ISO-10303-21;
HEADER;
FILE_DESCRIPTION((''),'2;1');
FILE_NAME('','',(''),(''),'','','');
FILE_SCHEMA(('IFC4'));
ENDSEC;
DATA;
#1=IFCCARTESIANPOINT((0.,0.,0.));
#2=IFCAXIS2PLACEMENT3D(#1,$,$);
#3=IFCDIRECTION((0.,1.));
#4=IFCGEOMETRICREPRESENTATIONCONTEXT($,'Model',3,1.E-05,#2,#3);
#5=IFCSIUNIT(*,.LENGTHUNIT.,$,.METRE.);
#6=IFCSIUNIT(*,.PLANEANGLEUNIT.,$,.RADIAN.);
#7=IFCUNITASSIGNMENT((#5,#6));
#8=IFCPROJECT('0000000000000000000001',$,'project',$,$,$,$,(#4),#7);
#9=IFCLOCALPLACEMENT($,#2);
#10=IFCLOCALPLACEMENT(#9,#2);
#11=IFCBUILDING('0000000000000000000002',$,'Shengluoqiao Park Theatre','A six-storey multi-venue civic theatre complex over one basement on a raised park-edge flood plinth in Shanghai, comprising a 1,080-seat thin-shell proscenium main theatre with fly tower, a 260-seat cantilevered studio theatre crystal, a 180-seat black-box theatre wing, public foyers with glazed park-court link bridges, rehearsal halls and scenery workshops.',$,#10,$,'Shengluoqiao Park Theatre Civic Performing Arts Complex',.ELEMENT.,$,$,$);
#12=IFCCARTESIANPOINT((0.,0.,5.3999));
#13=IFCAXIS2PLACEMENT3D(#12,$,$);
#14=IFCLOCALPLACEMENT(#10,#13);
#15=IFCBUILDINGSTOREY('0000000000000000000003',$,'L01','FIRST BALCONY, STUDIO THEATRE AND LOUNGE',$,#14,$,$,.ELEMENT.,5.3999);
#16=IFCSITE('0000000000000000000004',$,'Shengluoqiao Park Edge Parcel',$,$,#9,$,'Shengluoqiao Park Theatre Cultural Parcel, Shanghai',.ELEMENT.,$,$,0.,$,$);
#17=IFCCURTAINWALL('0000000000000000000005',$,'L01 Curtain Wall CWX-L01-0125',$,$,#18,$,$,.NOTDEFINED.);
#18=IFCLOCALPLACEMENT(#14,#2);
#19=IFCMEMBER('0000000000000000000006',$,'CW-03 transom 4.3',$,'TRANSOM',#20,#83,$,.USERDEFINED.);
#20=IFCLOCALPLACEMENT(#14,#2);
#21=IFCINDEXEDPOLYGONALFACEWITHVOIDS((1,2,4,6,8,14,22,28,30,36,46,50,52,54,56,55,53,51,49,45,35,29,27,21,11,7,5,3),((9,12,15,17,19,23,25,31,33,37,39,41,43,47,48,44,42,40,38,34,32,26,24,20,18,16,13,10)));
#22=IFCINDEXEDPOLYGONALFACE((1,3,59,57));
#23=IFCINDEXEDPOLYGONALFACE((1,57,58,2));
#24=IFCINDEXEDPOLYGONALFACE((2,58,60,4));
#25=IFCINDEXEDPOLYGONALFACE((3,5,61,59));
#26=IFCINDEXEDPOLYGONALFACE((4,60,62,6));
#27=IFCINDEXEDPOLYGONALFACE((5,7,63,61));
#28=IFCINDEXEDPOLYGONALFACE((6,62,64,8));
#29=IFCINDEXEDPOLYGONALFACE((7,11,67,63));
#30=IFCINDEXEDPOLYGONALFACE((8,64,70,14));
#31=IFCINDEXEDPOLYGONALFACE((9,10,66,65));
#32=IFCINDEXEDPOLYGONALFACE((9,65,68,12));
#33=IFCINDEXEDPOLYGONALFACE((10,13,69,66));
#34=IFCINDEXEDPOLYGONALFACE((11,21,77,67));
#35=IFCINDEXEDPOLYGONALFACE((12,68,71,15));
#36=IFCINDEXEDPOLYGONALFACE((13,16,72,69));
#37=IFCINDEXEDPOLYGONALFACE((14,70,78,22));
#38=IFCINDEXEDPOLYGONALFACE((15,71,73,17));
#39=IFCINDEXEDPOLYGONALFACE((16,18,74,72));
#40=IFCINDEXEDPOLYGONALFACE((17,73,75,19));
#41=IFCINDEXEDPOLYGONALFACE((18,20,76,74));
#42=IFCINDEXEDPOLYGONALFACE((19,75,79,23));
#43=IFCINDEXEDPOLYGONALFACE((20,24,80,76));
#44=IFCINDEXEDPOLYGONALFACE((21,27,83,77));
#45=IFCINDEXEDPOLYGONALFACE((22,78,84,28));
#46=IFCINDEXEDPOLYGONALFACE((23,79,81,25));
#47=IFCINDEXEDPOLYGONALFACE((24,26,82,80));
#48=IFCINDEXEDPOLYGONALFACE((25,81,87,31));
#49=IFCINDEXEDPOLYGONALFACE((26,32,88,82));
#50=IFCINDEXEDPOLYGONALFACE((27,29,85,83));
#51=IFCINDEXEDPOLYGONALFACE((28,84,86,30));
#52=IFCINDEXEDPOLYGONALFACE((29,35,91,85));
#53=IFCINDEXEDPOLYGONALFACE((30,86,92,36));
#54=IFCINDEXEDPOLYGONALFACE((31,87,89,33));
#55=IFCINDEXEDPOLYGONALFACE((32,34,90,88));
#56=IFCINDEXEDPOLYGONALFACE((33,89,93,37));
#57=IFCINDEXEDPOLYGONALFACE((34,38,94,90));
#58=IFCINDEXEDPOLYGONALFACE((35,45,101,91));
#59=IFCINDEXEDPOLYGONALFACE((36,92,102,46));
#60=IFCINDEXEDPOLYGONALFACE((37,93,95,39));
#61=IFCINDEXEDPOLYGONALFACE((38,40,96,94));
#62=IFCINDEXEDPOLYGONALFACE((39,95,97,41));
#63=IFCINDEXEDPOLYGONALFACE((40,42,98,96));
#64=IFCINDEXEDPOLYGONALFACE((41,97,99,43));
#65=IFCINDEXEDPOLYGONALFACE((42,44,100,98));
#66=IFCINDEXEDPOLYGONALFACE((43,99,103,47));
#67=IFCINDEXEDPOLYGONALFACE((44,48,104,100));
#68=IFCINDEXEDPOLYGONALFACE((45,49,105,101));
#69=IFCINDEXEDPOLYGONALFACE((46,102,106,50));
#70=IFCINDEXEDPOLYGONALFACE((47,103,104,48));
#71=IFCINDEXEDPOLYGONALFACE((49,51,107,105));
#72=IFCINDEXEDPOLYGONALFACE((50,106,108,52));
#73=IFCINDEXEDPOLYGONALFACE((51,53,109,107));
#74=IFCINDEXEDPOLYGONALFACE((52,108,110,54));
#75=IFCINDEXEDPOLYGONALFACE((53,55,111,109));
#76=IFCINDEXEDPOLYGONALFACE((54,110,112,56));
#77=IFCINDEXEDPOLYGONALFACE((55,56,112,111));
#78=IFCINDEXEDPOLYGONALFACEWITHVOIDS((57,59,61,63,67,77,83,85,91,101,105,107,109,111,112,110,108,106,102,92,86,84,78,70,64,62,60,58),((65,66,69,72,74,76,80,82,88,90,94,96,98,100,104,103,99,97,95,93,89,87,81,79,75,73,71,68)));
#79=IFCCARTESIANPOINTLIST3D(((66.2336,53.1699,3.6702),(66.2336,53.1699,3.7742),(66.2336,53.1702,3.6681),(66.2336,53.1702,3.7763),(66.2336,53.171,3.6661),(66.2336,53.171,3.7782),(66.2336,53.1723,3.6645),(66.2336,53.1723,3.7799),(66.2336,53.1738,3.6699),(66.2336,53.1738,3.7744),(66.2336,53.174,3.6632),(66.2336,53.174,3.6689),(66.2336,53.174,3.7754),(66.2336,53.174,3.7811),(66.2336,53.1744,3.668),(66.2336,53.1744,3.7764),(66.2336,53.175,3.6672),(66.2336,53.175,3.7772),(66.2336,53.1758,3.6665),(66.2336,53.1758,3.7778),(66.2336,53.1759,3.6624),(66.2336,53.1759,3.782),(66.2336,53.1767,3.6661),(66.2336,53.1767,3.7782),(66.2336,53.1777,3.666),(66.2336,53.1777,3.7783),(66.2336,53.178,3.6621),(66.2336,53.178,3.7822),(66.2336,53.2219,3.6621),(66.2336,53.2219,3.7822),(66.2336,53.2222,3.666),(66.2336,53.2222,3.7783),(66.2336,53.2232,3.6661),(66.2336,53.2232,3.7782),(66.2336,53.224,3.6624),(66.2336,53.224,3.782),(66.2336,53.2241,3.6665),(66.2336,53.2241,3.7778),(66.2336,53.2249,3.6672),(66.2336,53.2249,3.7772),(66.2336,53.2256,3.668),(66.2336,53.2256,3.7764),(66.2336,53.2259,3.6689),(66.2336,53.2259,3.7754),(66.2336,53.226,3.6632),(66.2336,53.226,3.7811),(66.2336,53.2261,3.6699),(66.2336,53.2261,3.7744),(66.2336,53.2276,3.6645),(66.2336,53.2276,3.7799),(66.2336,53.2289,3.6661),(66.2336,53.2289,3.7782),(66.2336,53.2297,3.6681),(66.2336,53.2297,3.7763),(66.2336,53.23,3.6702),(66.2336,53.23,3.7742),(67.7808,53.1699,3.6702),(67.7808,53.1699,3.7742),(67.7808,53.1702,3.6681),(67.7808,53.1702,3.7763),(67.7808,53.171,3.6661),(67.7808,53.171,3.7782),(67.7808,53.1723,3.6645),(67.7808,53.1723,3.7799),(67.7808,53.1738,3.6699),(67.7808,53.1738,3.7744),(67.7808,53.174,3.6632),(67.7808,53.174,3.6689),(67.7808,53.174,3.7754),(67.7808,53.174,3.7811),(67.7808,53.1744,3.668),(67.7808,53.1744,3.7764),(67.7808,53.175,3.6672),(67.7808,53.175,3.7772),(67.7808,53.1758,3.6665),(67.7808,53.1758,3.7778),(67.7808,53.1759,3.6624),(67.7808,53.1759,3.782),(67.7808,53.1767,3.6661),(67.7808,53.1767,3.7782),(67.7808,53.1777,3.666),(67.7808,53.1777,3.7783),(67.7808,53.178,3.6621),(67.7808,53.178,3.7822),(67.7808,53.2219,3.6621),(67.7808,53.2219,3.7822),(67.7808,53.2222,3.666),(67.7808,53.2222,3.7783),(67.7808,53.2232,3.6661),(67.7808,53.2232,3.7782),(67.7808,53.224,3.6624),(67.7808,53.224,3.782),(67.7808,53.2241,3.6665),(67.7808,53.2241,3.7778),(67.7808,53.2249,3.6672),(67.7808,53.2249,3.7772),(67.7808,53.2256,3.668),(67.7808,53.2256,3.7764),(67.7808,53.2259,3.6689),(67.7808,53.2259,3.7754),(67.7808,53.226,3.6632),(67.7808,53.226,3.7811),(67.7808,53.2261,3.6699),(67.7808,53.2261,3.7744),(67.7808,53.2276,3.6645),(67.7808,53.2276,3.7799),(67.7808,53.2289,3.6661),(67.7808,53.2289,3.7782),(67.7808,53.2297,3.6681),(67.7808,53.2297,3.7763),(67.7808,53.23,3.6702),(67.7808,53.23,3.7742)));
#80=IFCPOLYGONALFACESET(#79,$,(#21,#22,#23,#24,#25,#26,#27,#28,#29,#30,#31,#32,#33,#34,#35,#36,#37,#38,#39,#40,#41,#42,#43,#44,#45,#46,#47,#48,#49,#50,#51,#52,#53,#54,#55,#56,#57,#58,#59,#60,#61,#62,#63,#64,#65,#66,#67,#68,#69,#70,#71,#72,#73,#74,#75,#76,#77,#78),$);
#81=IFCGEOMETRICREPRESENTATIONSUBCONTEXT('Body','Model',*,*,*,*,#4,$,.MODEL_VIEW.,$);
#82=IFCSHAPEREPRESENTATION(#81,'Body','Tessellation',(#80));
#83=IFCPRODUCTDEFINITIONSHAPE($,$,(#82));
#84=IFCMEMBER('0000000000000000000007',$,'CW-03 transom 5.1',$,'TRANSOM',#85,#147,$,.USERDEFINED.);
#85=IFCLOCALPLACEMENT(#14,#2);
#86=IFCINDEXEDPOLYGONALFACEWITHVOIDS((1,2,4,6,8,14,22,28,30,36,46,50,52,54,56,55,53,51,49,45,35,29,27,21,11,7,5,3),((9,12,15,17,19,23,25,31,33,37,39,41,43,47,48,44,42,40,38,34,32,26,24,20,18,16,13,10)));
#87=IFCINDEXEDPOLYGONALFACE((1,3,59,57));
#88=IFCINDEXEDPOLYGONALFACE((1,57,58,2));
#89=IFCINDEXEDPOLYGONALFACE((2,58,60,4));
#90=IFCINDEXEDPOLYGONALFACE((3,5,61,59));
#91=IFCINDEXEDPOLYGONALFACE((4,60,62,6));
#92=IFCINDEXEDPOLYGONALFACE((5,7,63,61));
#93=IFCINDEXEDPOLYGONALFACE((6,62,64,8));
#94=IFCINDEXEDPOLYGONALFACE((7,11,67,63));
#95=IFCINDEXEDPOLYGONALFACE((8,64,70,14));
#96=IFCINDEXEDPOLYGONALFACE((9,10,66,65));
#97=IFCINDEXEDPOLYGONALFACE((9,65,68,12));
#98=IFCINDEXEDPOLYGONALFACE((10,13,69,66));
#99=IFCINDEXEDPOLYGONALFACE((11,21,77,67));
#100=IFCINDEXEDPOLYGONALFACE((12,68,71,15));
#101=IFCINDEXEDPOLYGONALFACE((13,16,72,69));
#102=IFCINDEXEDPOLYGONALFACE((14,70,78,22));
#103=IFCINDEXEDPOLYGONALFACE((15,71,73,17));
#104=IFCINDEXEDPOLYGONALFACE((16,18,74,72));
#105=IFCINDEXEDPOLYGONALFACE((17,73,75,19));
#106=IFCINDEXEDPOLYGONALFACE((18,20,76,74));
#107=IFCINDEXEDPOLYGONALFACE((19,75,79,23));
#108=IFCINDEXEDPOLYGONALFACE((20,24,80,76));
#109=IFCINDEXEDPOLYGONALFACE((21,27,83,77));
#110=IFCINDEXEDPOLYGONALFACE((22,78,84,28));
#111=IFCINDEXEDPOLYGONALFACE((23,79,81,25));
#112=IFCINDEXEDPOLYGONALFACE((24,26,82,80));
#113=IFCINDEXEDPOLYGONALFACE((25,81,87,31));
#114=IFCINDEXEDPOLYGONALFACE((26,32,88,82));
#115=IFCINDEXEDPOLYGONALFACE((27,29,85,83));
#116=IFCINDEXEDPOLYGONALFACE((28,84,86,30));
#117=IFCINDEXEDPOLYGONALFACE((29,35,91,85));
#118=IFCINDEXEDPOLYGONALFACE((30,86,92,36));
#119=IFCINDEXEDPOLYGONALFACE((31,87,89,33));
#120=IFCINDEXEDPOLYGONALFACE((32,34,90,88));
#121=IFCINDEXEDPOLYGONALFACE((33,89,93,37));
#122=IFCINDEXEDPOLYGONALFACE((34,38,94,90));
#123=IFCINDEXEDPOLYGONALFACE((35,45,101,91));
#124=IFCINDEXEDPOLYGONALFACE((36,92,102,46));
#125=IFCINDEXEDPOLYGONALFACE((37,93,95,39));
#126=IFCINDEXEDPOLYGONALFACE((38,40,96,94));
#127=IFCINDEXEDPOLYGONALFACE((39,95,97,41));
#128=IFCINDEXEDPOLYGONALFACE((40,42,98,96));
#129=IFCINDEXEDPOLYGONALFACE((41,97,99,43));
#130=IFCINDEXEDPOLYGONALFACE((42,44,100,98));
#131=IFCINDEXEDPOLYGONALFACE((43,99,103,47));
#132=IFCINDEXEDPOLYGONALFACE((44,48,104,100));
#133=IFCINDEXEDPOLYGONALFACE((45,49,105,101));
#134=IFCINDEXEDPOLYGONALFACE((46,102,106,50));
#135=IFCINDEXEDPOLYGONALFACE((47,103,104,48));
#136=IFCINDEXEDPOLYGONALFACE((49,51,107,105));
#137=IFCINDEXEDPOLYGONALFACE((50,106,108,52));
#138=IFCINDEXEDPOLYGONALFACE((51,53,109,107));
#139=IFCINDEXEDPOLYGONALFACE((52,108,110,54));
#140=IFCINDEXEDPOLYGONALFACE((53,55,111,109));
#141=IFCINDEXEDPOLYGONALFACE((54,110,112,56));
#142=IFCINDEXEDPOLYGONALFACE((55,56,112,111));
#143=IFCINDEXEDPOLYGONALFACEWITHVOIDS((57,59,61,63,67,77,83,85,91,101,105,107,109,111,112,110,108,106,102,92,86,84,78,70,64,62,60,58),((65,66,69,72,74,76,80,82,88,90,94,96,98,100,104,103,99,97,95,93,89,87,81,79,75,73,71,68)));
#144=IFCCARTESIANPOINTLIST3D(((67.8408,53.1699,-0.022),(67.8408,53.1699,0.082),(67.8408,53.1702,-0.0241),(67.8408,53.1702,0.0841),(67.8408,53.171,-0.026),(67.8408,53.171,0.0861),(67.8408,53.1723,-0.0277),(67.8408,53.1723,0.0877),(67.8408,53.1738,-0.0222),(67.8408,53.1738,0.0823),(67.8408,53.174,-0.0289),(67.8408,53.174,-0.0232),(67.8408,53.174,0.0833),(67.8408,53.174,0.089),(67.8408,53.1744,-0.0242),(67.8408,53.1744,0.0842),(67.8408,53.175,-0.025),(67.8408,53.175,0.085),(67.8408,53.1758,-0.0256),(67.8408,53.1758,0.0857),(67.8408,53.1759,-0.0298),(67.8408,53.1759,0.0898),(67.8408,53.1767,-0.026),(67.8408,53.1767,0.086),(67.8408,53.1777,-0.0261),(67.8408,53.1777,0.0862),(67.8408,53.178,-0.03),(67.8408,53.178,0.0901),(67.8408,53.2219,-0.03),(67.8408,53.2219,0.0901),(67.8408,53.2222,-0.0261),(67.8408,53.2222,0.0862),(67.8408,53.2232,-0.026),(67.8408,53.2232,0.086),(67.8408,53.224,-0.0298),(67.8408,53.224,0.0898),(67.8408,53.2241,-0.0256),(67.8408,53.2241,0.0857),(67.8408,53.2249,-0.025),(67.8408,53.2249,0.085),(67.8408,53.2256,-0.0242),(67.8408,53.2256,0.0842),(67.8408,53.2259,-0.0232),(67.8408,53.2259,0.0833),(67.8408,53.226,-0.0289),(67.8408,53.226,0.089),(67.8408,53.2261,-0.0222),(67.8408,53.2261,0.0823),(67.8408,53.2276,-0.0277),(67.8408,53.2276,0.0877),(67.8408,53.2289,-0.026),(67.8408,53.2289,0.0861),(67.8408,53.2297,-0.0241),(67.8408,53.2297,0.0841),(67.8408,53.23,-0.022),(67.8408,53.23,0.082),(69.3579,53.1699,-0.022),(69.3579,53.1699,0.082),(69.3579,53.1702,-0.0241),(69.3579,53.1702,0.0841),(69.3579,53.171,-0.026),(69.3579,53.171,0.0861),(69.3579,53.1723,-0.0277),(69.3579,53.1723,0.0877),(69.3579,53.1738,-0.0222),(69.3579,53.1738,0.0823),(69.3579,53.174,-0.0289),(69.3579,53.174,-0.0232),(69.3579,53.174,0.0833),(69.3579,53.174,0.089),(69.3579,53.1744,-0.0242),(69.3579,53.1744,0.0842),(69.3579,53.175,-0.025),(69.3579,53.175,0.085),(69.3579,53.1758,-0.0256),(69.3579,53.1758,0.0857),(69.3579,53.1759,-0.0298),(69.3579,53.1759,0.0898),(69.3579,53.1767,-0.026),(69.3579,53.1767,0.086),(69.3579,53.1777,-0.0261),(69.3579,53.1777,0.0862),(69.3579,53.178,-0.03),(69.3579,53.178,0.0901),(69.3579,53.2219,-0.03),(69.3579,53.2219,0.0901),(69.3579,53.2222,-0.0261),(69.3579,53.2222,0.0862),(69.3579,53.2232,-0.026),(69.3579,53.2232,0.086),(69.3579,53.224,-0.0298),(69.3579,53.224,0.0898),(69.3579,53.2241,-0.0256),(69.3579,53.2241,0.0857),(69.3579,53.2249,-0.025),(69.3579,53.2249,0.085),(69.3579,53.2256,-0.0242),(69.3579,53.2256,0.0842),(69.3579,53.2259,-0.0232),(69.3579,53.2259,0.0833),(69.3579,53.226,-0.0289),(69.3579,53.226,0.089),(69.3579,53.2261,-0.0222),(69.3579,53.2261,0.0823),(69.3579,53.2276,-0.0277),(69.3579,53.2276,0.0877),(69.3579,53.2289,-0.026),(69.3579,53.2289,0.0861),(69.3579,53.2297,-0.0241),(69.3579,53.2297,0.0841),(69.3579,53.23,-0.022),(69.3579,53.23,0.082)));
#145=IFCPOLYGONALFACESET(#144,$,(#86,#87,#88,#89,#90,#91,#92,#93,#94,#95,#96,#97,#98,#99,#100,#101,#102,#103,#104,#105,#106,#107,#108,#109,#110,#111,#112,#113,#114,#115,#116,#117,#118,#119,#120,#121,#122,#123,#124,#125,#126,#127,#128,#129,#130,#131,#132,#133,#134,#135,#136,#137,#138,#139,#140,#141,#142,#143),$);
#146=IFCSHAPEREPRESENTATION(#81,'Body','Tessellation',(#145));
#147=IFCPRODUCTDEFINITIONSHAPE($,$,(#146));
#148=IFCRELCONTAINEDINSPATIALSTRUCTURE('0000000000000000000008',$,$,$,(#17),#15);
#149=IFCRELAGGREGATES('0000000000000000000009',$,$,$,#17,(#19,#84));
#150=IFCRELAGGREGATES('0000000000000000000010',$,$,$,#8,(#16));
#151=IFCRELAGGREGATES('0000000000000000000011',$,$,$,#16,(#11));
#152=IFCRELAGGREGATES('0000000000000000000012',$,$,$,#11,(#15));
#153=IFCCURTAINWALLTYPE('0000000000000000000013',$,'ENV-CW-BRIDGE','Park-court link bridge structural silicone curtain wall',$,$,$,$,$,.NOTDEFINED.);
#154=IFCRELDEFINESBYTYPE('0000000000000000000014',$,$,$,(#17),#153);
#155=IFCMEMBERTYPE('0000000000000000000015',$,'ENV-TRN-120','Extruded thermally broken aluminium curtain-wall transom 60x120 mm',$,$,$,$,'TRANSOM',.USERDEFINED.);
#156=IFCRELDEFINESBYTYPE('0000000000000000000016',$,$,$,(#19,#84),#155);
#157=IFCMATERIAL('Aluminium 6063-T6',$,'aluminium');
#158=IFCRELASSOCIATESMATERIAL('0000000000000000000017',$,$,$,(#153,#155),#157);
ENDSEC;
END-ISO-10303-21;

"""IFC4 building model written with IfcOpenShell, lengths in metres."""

from ifc_helpers import new_model, si_unit, direction, frame, origin, origin_2d, place, context, subcontext, project, spatial, hollow_rectangle, extrude, material, material_profile, profile_set, type_object, element, aggregate, save


model = new_model("IFC4")

# Units and contexts
model_context = context("Model", 3, precision=1e-05, world=origin(), true_north=direction((0.0, 1.0)))
body_context = subcontext(model_context, "Body", "Model", "MODEL_VIEW")
ifc_project = project(units=[si_unit("LENGTHUNIT", "METRE"), si_unit("PLANEANGLEUNIT", "RADIAN")], contexts=[model_context])

# Site, building, storey
site_placement = place(None, origin())
site = spatial("IfcSite", under=ifc_project, at=site_placement, Name="Shengluoqiao Park Edge Parcel", LongName="Shengluoqiao Park Theatre Cultural Parcel, Shanghai", CompositionType="ELEMENT", RefElevation=0.0)
building_placement = place(site_placement, origin())
building = spatial("IfcBuilding", under=site, at=building_placement, Name="Shengluoqiao Park Theatre", Description="A six-storey multi-venue civic theatre complex over one basement on a raised park-edge flood plinth in Shanghai, comprising a 1,080-seat thin-shell proscenium main theatre with fly tower, a 260-seat cantilevered studio theatre crystal, a 180-seat black-box theatre wing, public foyers with glazed park-court link bridges, rehearsal halls and scenery workshops.", LongName="Shengluoqiao Park Theatre Civic Performing Arts Complex", CompositionType="ELEMENT")
storey_placement = place(building_placement, frame((0.0, 0.0, 5.3999)))
storey = spatial("IfcBuildingStorey", under=building, at=storey_placement, Name="L01", Description="FIRST BALCONY, STUDIO THEATRE AND LOUNGE", CompositionType="ELEMENT", Elevation=5.3999)

# Curtain wall
ifc_material_1 = material(Name="Aluminium 6063-T6", Category="aluminium")
curtain_wall_type = type_object("IfcCurtainWallType", Name="ENV-CW-BRIDGE", Description="Park-court link bridge structural silicone curtain wall", PredefinedType="NOTDEFINED", material=ifc_material_1)
curtain_wall_1_placement = place(storey_placement, origin())
curtain_wall_1 = element("IfcCurtainWall", 1, at=curtain_wall_1_placement, inside=storey, type_object=curtain_wall_type, Name="L01 Curtain Wall CWX-L01-0125", PredefinedType="NOTDEFINED")

# Members
ifc_material_profile_1 = material_profile(ifc_material_1, hollow_rectangle(XDim=0.0601, YDim=0.1201, WallThickness=0.0039, InnerFilletRadius=0.0039, OuterFilletRadius=0.0081, at=origin_2d()), Name="ALU TRANSOM 120x60x4")
ifc_profile_set_1 = profile_set([ifc_material_profile_1], Name="Aluminium 6063-T6")
member_type_1 = type_object("IfcMemberType", Name="ENV-TRN-120", Description="Extruded thermally broken aluminium curtain-wall transom 60x120 mm", ElementType="TRANSOM", PredefinedType="USERDEFINED", material=ifc_profile_set_1)
member_1_placement = place(storey_placement, frame((66.2336, 53.2, 3.7222), z_axis=(1.0, 0.0, 0.0), x_axis=(0.0, 1.0, 0.0)))
member_1 = element("IfcMember", 2, at=member_1_placement, type_object=member_type_1, Name="CW-03 transom 4.3", ObjectType="TRANSOM", PredefinedType="USERDEFINED", context=body_context, shape_type="SweptSolid", body=[
    extrude(hollow_rectangle(XDim=0.0601, YDim=0.1201, WallThickness=0.0039, InnerFilletRadius=0.0039, OuterFilletRadius=0.0081, at=origin_2d()), origin(), (0.0, 0.0, 1.0), 1.5471),
])
member_2_placement = place(storey_placement, frame((67.8408, 53.2, 0.03), z_axis=(1.0, 0.0, 0.0), x_axis=(0.0, 1.0, 0.0)))
member_2 = element("IfcMember", 3, at=member_2_placement, type_object=member_type_1, Name="CW-03 transom 5.1", ObjectType="TRANSOM", PredefinedType="USERDEFINED", context=body_context, shape_type="SweptSolid", body=[
    extrude(hollow_rectangle(XDim=0.0601, YDim=0.1201, WallThickness=0.0039, InnerFilletRadius=0.0039, OuterFilletRadius=0.0081, at=origin_2d()), origin(), (0.0, 0.0, 1.0), 1.5171),
])

aggregate(curtain_wall_1, [member_1, member_2])

save(model, "model.ifc")
